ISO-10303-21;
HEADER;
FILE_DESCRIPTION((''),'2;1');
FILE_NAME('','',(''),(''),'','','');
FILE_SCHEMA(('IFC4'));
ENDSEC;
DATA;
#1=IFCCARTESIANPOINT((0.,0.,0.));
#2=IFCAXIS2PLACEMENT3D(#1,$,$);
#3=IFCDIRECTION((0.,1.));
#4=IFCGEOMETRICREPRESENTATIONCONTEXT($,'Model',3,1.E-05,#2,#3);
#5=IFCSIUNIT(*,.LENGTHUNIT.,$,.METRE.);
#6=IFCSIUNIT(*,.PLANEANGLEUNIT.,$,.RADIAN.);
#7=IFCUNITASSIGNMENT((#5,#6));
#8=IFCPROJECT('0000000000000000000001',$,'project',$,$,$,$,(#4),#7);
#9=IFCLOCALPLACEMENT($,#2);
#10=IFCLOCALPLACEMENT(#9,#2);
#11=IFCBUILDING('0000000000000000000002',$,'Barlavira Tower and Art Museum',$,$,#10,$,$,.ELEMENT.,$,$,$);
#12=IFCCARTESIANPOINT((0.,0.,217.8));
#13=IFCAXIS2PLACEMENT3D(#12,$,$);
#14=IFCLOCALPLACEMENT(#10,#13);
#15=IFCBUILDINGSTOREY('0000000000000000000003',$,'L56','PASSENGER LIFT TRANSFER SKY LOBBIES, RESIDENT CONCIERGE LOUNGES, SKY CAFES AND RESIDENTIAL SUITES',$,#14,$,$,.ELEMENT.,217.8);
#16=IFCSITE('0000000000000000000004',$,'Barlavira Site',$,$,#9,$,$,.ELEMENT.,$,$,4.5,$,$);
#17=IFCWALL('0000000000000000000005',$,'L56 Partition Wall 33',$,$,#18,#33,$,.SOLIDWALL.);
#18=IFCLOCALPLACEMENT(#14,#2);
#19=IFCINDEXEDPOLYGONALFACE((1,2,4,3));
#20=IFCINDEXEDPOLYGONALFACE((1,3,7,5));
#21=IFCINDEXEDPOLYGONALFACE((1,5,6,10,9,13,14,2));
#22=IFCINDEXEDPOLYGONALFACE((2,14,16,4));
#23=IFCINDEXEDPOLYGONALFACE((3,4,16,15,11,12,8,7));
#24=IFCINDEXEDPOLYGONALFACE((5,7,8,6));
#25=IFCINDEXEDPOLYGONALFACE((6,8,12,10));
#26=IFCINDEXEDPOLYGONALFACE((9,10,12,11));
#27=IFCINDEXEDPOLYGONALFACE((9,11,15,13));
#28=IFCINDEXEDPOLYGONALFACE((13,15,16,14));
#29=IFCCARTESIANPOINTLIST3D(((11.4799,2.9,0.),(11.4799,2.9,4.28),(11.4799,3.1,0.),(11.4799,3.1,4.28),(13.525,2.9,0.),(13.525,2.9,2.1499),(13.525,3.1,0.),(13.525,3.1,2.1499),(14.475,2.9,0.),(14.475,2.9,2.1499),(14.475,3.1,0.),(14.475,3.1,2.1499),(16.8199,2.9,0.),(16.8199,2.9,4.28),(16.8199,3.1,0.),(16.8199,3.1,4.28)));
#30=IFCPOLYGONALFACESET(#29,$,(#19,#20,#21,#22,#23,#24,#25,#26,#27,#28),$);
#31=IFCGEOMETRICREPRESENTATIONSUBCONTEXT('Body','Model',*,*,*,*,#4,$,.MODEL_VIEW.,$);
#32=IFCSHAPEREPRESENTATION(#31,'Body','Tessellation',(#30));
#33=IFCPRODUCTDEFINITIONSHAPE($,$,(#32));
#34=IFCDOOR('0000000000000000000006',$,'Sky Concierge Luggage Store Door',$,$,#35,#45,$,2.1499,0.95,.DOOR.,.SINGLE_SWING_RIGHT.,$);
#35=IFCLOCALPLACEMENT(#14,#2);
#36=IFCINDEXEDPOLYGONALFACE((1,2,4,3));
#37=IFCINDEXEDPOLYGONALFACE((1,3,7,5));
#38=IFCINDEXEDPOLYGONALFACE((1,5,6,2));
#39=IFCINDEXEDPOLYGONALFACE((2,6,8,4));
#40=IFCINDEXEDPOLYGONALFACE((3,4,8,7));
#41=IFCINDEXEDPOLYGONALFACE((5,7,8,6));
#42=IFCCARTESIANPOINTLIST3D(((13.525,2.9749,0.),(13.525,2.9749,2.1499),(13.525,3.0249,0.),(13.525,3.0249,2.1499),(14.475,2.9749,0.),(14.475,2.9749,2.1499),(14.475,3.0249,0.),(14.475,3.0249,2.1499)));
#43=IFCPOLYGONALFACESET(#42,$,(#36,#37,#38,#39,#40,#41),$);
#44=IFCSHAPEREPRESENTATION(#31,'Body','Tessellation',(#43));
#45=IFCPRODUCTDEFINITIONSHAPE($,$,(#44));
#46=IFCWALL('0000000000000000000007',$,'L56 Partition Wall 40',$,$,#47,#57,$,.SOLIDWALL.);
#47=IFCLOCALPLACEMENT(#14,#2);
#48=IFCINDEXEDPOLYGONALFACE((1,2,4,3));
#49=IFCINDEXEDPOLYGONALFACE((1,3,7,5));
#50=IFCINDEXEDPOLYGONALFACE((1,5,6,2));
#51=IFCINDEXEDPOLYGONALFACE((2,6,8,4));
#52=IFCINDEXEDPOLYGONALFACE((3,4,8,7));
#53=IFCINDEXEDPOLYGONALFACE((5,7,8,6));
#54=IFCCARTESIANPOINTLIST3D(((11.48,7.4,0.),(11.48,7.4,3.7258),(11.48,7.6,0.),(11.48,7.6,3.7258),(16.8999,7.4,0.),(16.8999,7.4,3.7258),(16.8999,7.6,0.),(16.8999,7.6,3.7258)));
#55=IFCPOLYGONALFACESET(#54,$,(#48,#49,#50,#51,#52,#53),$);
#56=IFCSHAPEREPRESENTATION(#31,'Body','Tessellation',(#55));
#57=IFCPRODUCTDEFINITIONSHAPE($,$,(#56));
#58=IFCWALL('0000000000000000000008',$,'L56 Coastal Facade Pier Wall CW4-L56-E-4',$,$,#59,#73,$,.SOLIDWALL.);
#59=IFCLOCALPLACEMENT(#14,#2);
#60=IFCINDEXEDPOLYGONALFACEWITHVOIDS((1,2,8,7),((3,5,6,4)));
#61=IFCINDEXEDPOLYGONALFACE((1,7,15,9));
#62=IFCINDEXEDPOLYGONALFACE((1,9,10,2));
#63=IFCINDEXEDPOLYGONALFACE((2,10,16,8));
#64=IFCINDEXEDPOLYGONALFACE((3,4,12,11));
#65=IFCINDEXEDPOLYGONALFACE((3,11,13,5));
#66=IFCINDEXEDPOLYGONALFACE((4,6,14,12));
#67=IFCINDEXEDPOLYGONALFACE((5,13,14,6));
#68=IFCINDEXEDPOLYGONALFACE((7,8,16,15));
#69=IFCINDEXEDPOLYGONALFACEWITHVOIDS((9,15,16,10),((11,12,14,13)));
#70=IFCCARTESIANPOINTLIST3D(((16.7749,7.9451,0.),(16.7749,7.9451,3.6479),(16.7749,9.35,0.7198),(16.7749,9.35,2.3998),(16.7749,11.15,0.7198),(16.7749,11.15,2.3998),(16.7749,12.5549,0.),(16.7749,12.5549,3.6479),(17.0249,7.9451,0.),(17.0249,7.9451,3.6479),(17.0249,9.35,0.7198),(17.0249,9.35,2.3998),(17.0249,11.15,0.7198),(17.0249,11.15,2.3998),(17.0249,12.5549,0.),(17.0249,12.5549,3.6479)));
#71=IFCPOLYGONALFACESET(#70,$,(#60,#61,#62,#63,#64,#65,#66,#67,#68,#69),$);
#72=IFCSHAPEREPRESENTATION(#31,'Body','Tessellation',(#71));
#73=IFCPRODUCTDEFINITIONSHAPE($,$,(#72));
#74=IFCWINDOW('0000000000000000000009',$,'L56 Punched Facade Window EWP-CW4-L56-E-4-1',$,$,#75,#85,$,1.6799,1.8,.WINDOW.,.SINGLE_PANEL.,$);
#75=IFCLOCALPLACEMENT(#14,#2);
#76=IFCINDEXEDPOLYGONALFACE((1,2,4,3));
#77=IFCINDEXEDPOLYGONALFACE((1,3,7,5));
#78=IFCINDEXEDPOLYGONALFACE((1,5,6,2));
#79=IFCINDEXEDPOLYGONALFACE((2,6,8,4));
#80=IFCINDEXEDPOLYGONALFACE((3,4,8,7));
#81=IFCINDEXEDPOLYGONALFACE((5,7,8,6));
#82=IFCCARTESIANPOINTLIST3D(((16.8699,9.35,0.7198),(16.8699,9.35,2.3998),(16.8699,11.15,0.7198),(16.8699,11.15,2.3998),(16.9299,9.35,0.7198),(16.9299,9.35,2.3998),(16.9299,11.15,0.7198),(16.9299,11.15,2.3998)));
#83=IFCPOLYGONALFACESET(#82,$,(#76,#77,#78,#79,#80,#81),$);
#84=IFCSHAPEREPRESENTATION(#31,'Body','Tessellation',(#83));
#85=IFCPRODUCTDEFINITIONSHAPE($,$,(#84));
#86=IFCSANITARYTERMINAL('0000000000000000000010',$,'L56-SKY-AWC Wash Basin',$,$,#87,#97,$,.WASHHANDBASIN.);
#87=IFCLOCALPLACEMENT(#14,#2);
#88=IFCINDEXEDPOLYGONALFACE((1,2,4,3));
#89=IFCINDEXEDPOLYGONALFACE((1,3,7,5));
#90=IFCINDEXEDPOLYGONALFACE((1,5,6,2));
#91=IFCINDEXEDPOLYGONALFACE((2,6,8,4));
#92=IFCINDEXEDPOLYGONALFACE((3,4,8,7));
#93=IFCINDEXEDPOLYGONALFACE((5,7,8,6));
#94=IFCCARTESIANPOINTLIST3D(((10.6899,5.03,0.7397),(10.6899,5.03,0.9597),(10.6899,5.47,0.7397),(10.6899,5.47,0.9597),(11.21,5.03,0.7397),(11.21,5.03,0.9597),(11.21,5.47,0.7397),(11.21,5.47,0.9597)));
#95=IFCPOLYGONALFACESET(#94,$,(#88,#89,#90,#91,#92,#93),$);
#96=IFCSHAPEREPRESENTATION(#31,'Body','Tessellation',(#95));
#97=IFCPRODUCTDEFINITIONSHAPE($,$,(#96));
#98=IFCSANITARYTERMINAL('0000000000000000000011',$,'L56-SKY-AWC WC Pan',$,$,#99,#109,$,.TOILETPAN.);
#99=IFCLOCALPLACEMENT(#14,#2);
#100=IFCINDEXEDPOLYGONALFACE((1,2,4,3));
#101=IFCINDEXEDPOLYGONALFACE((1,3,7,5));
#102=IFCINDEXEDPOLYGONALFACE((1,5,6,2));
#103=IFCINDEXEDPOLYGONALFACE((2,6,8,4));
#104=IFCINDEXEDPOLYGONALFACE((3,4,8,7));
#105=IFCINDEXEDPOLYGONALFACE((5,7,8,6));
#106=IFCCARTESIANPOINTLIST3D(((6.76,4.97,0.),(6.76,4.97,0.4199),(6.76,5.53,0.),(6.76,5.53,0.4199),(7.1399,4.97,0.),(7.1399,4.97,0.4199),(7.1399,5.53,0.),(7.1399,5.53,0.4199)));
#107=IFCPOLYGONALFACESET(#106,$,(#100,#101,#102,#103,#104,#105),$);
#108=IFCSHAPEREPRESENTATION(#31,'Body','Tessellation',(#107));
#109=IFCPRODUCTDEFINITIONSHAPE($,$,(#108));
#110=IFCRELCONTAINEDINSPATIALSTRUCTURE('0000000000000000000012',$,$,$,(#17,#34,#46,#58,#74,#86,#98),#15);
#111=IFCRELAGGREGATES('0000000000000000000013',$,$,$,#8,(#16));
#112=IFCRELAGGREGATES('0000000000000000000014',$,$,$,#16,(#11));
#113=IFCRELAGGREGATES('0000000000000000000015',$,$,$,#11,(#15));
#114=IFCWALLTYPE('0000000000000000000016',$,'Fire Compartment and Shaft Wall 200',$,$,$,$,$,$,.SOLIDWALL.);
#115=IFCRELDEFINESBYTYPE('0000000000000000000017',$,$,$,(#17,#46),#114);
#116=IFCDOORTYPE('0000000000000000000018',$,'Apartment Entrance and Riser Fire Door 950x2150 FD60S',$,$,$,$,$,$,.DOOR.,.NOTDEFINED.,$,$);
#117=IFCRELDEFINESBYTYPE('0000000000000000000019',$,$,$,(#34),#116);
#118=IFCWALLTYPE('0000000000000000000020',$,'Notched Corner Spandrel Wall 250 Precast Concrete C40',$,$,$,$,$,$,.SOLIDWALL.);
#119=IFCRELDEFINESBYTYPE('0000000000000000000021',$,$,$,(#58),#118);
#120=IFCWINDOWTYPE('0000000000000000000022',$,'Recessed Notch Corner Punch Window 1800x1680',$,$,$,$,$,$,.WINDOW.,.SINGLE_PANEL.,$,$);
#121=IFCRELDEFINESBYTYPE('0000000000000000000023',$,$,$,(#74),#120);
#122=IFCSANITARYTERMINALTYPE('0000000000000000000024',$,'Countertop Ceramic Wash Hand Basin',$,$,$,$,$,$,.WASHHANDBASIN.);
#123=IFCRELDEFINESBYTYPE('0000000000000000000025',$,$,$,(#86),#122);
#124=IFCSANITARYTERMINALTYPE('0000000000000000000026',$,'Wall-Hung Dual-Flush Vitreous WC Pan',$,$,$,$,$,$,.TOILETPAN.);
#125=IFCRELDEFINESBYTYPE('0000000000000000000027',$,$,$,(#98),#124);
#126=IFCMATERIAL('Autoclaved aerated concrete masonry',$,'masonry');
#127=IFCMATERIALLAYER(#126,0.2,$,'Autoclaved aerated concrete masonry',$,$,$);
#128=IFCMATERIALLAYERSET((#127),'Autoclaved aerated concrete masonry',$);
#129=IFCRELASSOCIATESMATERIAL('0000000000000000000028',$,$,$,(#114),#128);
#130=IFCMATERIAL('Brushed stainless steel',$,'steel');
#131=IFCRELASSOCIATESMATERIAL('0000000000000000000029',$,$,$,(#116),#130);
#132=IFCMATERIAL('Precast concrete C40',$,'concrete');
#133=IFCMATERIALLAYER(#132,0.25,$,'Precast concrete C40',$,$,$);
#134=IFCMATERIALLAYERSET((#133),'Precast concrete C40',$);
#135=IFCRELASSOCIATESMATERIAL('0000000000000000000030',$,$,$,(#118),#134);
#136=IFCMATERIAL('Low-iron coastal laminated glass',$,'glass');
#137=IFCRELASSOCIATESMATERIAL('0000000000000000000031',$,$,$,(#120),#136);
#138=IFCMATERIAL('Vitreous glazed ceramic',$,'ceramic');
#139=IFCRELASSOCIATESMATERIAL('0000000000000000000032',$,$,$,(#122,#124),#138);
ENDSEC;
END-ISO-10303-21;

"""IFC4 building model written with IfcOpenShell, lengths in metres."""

from ifc_helpers import new_model, si_unit, direction, frame, frame_2d, origin, origin_2d, place, context, subcontext, project, spatial, rectangle, extrude, material, layer, layer_set, type_object, element, fill, save


model = new_model("IFC4")

# Units and contexts
model_context = context("Model", 3, precision=1e-05, world=origin(), true_north=direction((0.0, 1.0)))
body_context = subcontext(model_context, "Body", "Model", "MODEL_VIEW")
ifc_project = project(units=[si_unit("LENGTHUNIT", "METRE"), si_unit("PLANEANGLEUNIT", "RADIAN")], contexts=[model_context])

# Site, building, storey
site_placement = place(None, origin())
site = spatial("IfcSite", under=ifc_project, at=site_placement, Name="Barlavira Site", CompositionType="ELEMENT", RefElevation=4.5)
building_placement = place(site_placement, origin())
building = spatial("IfcBuilding", under=site, at=building_placement, Name="Barlavira Tower and Art Museum", CompositionType="ELEMENT")
storey_placement = place(building_placement, frame((0.0, 0.0, 217.8)))
storey = spatial("IfcBuildingStorey", under=building, at=storey_placement, Name="L56", Description="PASSENGER LIFT TRANSFER SKY LOBBIES, RESIDENT CONCIERGE LOUNGES, SKY CAFES AND RESIDENTIAL SUITES", CompositionType="ELEMENT", Elevation=217.8)

# Shared definitions
ifc_material_1 = material(Name="Low-iron coastal laminated glass", Category="glass")

# Shared definitions
ifc_material_2 = material(Name="Autoclaved aerated concrete masonry", Category="masonry")
ifc_layer_1 = layer(ifc_material_2, 0.2, Name="Autoclaved aerated concrete masonry")
ifc_layer_set_1 = layer_set([ifc_layer_1], Name="Autoclaved aerated concrete masonry")
wall_type_1 = type_object("IfcWallType", Name="Fire Compartment and Shaft Wall 200", PredefinedType="SOLIDWALL", material=ifc_layer_set_1)

# Wall, opening, door
wall_1_placement = place(storey_placement, frame((11.48, 3.0, 0.0), z_axis=(0.0, 0.0, 1.0), x_axis=(1.0, 0.0, 0.0)))
wall_1 = element("IfcWall", 1, at=wall_1_placement, inside=storey, type_object=wall_type_1, Name="L56 Partition Wall 33", PredefinedType="SOLIDWALL", context=body_context, shape_type="SweptSolid", body=[
    extrude(rectangle(XDim=5.3401, YDim=0.2, at=frame_2d((2.6699, 0.0))), origin(), (0.0, 0.0, 1.0), 4.28),
])
opening_1_placement = place(wall_1_placement, frame((2.0449, 0.0, 0.0)))
opening_1 = element("IfcOpeningElement", 2, at=opening_1_placement, cuts=wall_1, PredefinedType="OPENING", context=body_context, shape_type="SweptSolid", body=[
    extrude(rectangle(XDim=0.95, YDim=2.1499, at=frame_2d((0.4751, 1.075))), frame((0.0, 0.1099, 0.0), z_axis=(0.0, -1.0, 0.0), x_axis=(1.0, 0.0, 0.0)), (0.0, 0.0, 1.0), 0.22),
])
ifc_material_3 = material(Name="Brushed stainless steel", Category="steel")
door_type = type_object("IfcDoorType", Name="Apartment Entrance and Riser Fire Door 950x2150 FD60S", OperationType="NOTDEFINED", PredefinedType="DOOR", material=ifc_material_3)
door_placement = place(opening_1_placement, origin())
door = element("IfcDoor", 3, at=door_placement, inside=storey, type_object=door_type, Name="Sky Concierge Luggage Store Door", OperationType="SINGLE_SWING_RIGHT", OverallHeight=2.1499, OverallWidth=0.95, PredefinedType="DOOR", context=body_context, shape_type="SweptSolid", body=[
    extrude(rectangle(XDim=0.95, YDim=2.1499, at=frame_2d((0.4751, 1.075))), frame((0.0, 0.0249, 0.0), z_axis=(0.0, -1.0, 0.0), x_axis=(1.0, 0.0, 0.0)), (0.0, 0.0, 1.0), 0.05),
])
fill(opening_1, door)

# Wall
wall_2_placement = place(storey_placement, frame((11.48, 7.5, 0.0), z_axis=(0.0, 0.0, 1.0), x_axis=(1.0, 0.0, 0.0)))
element("IfcWall", 4, at=wall_2_placement, inside=storey, type_object=wall_type_1, Name="L56 Partition Wall 40", PredefinedType="SOLIDWALL", context=body_context, shape_type="SweptSolid", body=[
    extrude(rectangle(XDim=5.4199, YDim=0.2, at=frame_2d((2.71, 0.0))), origin(), (0.0, 0.0, 1.0), 3.7258),
])

# Wall, opening, window
ifc_material_4 = material(Name="Precast concrete C40", Category="concrete")
ifc_layer_2 = layer(ifc_material_4, 0.25, Name="Precast concrete C40")
ifc_layer_set_2 = layer_set([ifc_layer_2], Name="Precast concrete C40")
wall_type_2 = type_object("IfcWallType", Name="Notched Corner Spandrel Wall 250 Precast Concrete C40", PredefinedType="SOLIDWALL", material=ifc_layer_set_2)
wall_3_placement = place(storey_placement, frame((16.8999, 7.9451, 0.0), z_axis=(0.0, 0.0, 1.0), x_axis=(0.0, 1.0, 0.0)))
wall_3 = element("IfcWall", 5, at=wall_3_placement, inside=storey, type_object=wall_type_2, Name="L56 Coastal Facade Pier Wall CW4-L56-E-4", PredefinedType="SOLIDWALL", context=body_context, shape_type="SweptSolid", body=[
    extrude(rectangle(XDim=4.6099, YDim=0.25, at=frame_2d((2.3049, 0.0))), origin(), (0.0, 0.0, 1.0), 3.6479),
])
opening_2_placement = place(wall_3_placement, frame((1.405, 0.0, 0.72)))
opening_2 = element("IfcOpeningElement", 6, at=opening_2_placement, cuts=wall_3, PredefinedType="OPENING", context=body_context, shape_type="SweptSolid", body=[
    extrude(rectangle(XDim=1.8, YDim=1.6799, at=frame_2d((0.8999, 0.8398))), frame((0.0, 0.135, 0.0), z_axis=(0.0, -1.0, 0.0), x_axis=(1.0, 0.0, 0.0)), (0.0, 0.0, 1.0), 0.27),
])
window_type = type_object("IfcWindowType", Name="Recessed Notch Corner Punch Window 1800x1680", PartitioningType="SINGLE_PANEL", PredefinedType="WINDOW", material=ifc_material_1)
window_placement = place(opening_2_placement, origin())
window = element("IfcWindow", 7, at=window_placement, inside=storey, type_object=window_type, Name="L56 Punched Facade Window EWP-CW4-L56-E-4-1", OverallHeight=1.6799, OverallWidth=1.8, PartitioningType="SINGLE_PANEL", PredefinedType="WINDOW", context=body_context, shape_type="SweptSolid", body=[
    extrude(rectangle(XDim=1.8, YDim=1.6799, at=frame_2d((0.8999, 0.8398))), frame((0.0, 0.03, 0.0), z_axis=(0.0, -1.0, 0.0), x_axis=(1.0, 0.0, 0.0)), (0.0, 0.0, 1.0), 0.0601),
])
fill(opening_2, window)

# Sanitary terminals
ifc_material_5 = material(Name="Vitreous glazed ceramic", Category="ceramic")
sanitary_terminal_type_1 = type_object("IfcSanitaryTerminalType", Name="Countertop Ceramic Wash Hand Basin", PredefinedType="WASHHANDBASIN", material=ifc_material_5)
sanitary_terminal_1_placement = place(storey_placement, frame((10.95, 5.25, 0.7397), z_axis=(0.0, 0.0, 1.0), x_axis=(1.0, 0.0, 0.0)))
element("IfcSanitaryTerminal", 8, at=sanitary_terminal_1_placement, inside=storey, type_object=sanitary_terminal_type_1, Name="L56-SKY-AWC Wash Basin", PredefinedType="WASHHANDBASIN", context=body_context, shape_type="SweptSolid", body=[
    extrude(rectangle(XDim=0.52, YDim=0.4399, at=origin_2d()), origin(), (0.0, 0.0, 1.0), 0.22),
])
sanitary_terminal_type_2 = type_object("IfcSanitaryTerminalType", Name="Wall-Hung Dual-Flush Vitreous WC Pan", PredefinedType="TOILETPAN", material=ifc_material_5)
sanitary_terminal_2_placement = place(storey_placement, frame((6.95, 5.25, 0.0), z_axis=(0.0, 0.0, 1.0), x_axis=(1.0, 0.0, 0.0)))
element("IfcSanitaryTerminal", 9, at=sanitary_terminal_2_placement, inside=storey, type_object=sanitary_terminal_type_2, Name="L56-SKY-AWC WC Pan", PredefinedType="TOILETPAN", context=body_context, shape_type="SweptSolid", body=[
    extrude(rectangle(XDim=0.3799, YDim=0.5601, at=origin_2d()), origin(), (0.0, 0.0, 1.0), 0.4199),
])

save(model, "model.ifc")
